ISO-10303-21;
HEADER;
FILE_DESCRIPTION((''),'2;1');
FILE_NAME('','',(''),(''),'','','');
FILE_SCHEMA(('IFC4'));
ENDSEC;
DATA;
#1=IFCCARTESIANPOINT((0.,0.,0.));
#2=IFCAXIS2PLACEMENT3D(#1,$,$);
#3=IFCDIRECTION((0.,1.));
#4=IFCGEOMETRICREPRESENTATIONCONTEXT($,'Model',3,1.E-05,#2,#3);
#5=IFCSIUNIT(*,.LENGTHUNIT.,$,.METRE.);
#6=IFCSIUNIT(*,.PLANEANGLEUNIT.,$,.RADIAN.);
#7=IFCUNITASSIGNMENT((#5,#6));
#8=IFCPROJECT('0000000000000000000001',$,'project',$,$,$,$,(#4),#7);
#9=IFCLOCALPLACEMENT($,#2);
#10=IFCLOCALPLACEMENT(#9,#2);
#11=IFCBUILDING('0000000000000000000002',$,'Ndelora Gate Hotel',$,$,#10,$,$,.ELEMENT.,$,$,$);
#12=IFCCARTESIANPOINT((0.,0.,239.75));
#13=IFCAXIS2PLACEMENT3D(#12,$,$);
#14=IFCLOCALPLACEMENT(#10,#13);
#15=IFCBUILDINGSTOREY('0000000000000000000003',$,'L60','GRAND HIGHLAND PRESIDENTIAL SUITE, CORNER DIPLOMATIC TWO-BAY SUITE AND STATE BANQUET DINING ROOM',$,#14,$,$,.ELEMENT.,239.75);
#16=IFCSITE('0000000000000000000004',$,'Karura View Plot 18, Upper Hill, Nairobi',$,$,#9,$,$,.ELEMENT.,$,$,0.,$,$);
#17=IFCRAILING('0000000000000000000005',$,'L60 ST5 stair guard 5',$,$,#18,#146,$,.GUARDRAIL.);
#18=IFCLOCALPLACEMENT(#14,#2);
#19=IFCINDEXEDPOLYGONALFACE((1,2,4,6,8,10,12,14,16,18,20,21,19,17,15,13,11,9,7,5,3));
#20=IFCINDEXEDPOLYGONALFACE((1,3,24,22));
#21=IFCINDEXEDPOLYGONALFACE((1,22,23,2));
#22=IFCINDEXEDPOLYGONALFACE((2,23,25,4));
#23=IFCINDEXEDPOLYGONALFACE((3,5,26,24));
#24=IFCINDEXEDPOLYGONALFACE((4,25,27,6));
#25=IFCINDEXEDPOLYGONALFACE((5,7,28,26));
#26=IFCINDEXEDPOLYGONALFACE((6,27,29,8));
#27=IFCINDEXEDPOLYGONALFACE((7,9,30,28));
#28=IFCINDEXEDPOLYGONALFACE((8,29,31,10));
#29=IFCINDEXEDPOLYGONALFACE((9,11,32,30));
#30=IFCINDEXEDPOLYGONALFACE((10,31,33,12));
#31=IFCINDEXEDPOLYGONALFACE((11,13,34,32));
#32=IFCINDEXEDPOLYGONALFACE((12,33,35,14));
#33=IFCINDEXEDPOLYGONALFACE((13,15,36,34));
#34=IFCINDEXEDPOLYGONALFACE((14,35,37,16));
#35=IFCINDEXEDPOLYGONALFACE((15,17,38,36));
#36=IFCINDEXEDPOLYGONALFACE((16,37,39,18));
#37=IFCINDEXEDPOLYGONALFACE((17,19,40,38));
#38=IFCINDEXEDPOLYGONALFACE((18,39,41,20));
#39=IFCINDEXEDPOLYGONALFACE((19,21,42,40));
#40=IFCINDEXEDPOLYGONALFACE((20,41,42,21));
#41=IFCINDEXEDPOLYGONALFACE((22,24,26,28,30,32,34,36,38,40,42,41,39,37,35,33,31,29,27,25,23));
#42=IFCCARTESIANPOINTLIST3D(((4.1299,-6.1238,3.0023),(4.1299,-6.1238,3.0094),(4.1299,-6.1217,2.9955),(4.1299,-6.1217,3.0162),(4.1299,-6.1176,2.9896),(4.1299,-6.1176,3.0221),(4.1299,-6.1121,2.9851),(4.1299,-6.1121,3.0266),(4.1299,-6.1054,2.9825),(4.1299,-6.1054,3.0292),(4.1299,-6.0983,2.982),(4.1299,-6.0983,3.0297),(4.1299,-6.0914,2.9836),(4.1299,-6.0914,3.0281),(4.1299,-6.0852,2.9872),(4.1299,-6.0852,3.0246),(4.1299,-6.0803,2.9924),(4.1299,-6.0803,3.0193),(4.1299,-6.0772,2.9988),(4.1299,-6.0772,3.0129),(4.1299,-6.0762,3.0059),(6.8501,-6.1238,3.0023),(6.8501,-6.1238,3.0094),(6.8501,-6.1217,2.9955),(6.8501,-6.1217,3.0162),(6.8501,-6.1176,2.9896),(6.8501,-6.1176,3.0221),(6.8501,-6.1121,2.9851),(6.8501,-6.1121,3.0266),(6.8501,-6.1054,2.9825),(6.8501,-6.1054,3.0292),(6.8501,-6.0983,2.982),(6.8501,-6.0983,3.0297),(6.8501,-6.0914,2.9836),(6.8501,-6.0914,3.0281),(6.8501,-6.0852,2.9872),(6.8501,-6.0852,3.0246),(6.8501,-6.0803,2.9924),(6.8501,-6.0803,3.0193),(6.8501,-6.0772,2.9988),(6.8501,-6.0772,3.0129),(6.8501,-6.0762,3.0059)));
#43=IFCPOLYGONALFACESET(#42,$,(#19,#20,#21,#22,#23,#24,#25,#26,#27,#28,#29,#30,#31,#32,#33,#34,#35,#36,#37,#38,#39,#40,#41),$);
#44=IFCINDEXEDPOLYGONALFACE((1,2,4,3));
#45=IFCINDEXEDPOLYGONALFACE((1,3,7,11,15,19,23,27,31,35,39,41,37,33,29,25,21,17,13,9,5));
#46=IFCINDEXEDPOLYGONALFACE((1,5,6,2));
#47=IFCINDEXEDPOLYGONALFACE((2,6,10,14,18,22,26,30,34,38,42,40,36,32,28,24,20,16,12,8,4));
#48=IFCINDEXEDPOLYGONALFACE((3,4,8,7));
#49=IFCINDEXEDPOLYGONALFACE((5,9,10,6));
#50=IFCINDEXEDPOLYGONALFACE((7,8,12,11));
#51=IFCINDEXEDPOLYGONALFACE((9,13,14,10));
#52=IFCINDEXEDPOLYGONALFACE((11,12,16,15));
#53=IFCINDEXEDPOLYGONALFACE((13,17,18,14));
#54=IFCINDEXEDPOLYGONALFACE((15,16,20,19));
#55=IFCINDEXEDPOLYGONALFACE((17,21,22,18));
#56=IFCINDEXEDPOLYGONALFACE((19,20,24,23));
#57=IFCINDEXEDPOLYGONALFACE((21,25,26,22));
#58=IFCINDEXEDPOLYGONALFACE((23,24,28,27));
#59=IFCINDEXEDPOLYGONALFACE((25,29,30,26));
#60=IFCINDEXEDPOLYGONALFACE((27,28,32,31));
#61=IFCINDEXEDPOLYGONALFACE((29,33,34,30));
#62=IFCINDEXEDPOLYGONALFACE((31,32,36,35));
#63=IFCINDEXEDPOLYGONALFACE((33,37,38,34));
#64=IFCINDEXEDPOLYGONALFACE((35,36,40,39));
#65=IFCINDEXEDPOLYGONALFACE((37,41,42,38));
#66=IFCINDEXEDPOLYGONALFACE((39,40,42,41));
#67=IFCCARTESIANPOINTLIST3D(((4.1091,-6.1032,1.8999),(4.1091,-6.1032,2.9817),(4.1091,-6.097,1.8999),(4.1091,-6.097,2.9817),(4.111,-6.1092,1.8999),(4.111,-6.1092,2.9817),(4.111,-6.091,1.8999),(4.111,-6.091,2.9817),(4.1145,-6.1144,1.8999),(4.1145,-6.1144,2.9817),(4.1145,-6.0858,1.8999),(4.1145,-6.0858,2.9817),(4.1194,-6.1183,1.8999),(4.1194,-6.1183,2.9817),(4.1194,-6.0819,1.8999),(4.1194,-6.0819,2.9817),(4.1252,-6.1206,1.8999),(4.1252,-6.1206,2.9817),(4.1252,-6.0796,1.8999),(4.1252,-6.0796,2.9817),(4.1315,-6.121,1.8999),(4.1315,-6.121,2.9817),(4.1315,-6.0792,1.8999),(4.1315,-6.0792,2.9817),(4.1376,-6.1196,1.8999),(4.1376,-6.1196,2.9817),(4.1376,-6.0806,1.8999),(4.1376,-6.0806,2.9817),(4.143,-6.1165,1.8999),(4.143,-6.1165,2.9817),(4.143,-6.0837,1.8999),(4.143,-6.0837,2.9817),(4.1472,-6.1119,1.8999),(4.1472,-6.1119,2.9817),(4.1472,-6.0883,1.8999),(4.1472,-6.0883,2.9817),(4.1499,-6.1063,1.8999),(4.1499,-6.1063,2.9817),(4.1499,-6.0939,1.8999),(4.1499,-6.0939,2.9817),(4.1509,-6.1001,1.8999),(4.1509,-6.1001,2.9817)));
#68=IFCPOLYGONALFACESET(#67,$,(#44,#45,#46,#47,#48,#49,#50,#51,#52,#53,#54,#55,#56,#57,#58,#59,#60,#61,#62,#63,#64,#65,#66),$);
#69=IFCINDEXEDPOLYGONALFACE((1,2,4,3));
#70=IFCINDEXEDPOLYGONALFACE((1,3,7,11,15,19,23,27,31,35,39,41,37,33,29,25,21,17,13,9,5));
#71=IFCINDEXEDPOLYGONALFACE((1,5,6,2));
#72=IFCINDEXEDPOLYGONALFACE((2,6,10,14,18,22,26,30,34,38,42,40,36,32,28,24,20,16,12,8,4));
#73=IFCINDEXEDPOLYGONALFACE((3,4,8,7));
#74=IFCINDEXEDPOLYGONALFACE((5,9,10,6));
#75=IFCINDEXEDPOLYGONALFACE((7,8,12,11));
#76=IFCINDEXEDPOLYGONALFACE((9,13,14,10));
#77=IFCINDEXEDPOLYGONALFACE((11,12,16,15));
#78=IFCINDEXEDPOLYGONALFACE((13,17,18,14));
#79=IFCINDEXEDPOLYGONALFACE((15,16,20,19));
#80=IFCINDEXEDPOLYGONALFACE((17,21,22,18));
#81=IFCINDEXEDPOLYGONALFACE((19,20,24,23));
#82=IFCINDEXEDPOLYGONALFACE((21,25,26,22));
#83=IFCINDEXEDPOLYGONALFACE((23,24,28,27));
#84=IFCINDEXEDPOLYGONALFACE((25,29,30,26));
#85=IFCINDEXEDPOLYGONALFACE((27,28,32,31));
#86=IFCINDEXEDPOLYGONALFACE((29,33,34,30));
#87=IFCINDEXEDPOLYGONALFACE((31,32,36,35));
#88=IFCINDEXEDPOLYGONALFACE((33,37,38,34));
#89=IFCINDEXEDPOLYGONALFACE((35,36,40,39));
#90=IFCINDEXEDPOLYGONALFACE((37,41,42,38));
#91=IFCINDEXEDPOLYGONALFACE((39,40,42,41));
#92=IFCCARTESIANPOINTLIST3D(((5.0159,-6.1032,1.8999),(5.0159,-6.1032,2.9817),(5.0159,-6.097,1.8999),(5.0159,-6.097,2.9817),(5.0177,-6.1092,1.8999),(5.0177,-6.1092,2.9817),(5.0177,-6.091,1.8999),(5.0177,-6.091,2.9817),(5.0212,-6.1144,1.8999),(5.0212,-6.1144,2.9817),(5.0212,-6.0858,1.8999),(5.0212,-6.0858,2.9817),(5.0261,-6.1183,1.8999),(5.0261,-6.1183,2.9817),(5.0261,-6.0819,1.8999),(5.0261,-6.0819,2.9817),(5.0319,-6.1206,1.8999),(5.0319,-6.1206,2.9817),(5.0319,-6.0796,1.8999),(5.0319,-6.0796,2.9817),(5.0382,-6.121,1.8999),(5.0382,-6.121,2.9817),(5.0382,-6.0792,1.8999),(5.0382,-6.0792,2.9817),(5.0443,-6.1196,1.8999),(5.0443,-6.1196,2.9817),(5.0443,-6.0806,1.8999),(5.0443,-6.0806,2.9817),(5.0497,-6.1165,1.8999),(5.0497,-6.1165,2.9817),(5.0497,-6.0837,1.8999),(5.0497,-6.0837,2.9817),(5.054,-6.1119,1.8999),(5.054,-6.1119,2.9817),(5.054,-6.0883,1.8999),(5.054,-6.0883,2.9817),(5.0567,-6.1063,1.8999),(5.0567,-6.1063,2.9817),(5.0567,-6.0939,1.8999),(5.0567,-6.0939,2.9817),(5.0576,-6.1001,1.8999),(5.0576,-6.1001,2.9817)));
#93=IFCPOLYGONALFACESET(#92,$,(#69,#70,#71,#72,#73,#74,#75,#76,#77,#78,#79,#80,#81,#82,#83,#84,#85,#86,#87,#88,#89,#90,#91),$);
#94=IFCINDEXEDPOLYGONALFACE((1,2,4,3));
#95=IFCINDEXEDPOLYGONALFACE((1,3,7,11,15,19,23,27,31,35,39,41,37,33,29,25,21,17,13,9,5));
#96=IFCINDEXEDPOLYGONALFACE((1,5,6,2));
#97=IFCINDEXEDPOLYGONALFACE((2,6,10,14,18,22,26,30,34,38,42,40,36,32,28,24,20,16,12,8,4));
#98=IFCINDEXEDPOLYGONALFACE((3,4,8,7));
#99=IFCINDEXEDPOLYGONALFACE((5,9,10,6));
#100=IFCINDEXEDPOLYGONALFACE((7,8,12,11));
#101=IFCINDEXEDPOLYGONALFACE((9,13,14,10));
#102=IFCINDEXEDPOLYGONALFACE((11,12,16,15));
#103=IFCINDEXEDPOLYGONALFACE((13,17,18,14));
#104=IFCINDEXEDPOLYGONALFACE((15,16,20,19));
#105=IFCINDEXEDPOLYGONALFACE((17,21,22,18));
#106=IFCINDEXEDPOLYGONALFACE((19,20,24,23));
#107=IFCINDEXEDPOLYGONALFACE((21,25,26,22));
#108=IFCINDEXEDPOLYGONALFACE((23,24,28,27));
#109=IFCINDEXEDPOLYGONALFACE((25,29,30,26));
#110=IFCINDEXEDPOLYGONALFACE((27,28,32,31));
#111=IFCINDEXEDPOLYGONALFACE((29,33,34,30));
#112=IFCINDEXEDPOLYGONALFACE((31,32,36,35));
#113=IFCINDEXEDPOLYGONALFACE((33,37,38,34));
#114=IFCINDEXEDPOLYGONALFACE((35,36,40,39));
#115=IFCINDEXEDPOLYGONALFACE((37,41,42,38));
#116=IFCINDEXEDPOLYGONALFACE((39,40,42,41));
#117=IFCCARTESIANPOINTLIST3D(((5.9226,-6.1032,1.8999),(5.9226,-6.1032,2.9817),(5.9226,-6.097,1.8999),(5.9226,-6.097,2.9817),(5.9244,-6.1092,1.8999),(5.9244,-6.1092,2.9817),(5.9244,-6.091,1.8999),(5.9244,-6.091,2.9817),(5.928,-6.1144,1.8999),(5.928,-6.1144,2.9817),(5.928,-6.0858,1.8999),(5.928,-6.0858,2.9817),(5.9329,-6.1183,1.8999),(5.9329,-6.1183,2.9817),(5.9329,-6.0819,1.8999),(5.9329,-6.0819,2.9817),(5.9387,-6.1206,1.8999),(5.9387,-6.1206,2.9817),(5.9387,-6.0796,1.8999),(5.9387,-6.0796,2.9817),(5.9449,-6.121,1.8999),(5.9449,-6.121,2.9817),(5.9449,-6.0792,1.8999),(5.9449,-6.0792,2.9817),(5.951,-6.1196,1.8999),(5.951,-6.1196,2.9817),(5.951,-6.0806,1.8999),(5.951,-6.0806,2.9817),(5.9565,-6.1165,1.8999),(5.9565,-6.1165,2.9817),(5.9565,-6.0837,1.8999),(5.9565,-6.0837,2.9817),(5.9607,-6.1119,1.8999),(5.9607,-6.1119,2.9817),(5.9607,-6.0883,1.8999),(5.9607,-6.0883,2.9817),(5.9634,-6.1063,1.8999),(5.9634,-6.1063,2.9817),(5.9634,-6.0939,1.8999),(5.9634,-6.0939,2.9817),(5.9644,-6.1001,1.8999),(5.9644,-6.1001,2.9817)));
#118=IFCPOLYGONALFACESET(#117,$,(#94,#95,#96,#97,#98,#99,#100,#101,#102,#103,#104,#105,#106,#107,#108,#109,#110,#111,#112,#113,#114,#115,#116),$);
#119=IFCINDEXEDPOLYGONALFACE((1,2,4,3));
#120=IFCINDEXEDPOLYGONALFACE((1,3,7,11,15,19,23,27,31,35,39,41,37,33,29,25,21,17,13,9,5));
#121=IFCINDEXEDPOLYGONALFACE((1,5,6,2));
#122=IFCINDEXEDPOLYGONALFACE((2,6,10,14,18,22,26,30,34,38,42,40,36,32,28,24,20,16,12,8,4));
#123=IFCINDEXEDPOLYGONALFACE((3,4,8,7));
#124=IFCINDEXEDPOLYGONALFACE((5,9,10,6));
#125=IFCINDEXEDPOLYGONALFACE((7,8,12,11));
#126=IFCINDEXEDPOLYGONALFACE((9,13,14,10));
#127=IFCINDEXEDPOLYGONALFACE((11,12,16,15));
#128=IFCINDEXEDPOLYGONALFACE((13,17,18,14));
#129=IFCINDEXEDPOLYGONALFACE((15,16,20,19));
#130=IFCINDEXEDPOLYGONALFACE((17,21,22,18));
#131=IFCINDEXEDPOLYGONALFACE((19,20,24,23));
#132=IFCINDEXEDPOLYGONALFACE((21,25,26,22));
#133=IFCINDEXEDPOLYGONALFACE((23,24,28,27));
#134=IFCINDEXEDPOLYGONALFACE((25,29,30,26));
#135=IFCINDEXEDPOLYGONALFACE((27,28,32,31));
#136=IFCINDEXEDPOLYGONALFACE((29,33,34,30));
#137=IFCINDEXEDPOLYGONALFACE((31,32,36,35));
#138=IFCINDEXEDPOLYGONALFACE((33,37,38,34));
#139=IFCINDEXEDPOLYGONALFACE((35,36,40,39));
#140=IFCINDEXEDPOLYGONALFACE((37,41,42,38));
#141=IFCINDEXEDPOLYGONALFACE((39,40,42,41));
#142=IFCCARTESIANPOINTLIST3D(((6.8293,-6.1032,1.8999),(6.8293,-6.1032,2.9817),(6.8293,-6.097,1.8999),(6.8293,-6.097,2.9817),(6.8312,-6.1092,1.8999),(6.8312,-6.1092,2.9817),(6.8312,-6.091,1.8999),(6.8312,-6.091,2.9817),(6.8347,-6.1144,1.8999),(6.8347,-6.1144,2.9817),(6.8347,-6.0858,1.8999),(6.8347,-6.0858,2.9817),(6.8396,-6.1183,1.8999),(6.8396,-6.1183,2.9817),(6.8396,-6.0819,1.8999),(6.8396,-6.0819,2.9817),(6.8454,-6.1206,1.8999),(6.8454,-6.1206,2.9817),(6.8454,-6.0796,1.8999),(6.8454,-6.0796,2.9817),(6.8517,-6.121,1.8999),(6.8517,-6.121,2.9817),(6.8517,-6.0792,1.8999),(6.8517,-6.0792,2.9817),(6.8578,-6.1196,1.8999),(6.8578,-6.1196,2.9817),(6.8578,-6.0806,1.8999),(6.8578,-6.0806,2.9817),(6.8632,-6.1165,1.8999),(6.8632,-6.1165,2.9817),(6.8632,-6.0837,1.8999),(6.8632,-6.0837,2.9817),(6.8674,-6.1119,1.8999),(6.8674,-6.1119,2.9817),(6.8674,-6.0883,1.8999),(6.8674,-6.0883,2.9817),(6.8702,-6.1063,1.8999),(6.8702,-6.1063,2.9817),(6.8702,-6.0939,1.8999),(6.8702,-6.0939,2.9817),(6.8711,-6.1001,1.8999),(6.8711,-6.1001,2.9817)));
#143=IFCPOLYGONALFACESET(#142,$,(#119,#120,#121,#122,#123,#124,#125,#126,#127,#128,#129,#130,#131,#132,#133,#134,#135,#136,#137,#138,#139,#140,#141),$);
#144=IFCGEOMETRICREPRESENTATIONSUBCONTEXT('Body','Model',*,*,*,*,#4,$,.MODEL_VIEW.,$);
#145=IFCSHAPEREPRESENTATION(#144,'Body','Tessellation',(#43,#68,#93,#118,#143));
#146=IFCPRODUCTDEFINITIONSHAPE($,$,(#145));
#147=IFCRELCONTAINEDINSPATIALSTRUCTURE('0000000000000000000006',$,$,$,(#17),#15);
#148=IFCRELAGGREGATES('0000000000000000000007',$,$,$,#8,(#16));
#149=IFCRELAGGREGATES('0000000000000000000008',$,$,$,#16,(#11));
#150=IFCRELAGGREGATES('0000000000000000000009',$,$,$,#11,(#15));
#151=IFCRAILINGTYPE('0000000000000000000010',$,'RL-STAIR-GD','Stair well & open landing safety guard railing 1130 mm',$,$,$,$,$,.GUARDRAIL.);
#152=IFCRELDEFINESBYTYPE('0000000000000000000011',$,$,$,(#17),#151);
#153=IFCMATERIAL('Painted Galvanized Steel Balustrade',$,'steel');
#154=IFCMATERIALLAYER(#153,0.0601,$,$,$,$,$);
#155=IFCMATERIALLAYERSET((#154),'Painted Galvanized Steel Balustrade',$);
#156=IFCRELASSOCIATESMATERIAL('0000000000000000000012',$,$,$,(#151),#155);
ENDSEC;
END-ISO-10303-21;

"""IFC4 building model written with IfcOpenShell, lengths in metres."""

from ifc_helpers import new_model, si_unit, direction, frame, origin, origin_2d, place, context, subcontext, project, spatial, circle, extrude, material, layer, layer_set, type_object, element, save


model = new_model("IFC4")

# Units and contexts
model_context = context("Model", 3, precision=1e-05, world=origin(), true_north=direction((0.0, 1.0)))
body_context = subcontext(model_context, "Body", "Model", "MODEL_VIEW")
ifc_project = project(units=[si_unit("LENGTHUNIT", "METRE"), si_unit("PLANEANGLEUNIT", "RADIAN")], contexts=[model_context])

# Site, building, storey
site_placement = place(None, origin())
site = spatial("IfcSite", under=ifc_project, at=site_placement, Name="Karura View Plot 18, Upper Hill, Nairobi", CompositionType="ELEMENT", RefElevation=0.0)
building_placement = place(site_placement, origin())
building = spatial("IfcBuilding", under=site, at=building_placement, Name="Ndelora Gate Hotel", CompositionType="ELEMENT")
storey_placement = place(building_placement, frame((0.0, 0.0, 239.75)))
storey = spatial("IfcBuildingStorey", under=building, at=storey_placement, Name="L60", Description="GRAND HIGHLAND PRESIDENTIAL SUITE, CORNER DIPLOMATIC TWO-BAY SUITE AND STATE BANQUET DINING ROOM", CompositionType="ELEMENT", Elevation=239.75)

# Railing
ifc_material_1 = material(Name="Painted Galvanized Steel Balustrade", Category="steel")
ifc_layer_1 = layer(ifc_material_1, 0.0601)
ifc_layer_set_1 = layer_set([ifc_layer_1], Name="Painted Galvanized Steel Balustrade")
railing_type_1 = type_object("IfcRailingType", Name="RL-STAIR-GD", Description="Stair well & open landing safety guard railing 1130 mm", PredefinedType="GUARDRAIL", material=ifc_layer_set_1)
railing_1_placement = place(storey_placement, frame((4.1299, -6.1001, 1.8999)))
element("IfcRailing", 1, at=railing_1_placement, inside=storey, type_object=railing_type_1, Name="L60 ST5 stair guard 5", PredefinedType="GUARDRAIL", context=body_context, shape_type="SweptSolid", body=[
    extrude(circle(Radius=0.0239, at=origin_2d()), frame((0.0, 0.0, 1.106), z_axis=(1.0, 0.0, 0.0), x_axis=(0.0, 1.0, 0.0)), (0.0, 0.0, 1.0), 2.7202),
    extrude(circle(Radius=0.021, at=origin_2d()), origin(), (0.0, 0.0, 1.0), 1.0818),
    extrude(circle(Radius=0.021, at=origin_2d()), frame((0.9067, 0.0, 0.0)), (0.0, 0.0, 1.0), 1.0818),
    extrude(circle(Radius=0.021, at=origin_2d()), frame((1.8135, 0.0, 0.0)), (0.0, 0.0, 1.0), 1.0818),
    extrude(circle(Radius=0.021, at=origin_2d()), frame((2.7202, 0.0, 0.0)), (0.0, 0.0, 1.0), 1.0818),
])

save(model, "model.ifc")
